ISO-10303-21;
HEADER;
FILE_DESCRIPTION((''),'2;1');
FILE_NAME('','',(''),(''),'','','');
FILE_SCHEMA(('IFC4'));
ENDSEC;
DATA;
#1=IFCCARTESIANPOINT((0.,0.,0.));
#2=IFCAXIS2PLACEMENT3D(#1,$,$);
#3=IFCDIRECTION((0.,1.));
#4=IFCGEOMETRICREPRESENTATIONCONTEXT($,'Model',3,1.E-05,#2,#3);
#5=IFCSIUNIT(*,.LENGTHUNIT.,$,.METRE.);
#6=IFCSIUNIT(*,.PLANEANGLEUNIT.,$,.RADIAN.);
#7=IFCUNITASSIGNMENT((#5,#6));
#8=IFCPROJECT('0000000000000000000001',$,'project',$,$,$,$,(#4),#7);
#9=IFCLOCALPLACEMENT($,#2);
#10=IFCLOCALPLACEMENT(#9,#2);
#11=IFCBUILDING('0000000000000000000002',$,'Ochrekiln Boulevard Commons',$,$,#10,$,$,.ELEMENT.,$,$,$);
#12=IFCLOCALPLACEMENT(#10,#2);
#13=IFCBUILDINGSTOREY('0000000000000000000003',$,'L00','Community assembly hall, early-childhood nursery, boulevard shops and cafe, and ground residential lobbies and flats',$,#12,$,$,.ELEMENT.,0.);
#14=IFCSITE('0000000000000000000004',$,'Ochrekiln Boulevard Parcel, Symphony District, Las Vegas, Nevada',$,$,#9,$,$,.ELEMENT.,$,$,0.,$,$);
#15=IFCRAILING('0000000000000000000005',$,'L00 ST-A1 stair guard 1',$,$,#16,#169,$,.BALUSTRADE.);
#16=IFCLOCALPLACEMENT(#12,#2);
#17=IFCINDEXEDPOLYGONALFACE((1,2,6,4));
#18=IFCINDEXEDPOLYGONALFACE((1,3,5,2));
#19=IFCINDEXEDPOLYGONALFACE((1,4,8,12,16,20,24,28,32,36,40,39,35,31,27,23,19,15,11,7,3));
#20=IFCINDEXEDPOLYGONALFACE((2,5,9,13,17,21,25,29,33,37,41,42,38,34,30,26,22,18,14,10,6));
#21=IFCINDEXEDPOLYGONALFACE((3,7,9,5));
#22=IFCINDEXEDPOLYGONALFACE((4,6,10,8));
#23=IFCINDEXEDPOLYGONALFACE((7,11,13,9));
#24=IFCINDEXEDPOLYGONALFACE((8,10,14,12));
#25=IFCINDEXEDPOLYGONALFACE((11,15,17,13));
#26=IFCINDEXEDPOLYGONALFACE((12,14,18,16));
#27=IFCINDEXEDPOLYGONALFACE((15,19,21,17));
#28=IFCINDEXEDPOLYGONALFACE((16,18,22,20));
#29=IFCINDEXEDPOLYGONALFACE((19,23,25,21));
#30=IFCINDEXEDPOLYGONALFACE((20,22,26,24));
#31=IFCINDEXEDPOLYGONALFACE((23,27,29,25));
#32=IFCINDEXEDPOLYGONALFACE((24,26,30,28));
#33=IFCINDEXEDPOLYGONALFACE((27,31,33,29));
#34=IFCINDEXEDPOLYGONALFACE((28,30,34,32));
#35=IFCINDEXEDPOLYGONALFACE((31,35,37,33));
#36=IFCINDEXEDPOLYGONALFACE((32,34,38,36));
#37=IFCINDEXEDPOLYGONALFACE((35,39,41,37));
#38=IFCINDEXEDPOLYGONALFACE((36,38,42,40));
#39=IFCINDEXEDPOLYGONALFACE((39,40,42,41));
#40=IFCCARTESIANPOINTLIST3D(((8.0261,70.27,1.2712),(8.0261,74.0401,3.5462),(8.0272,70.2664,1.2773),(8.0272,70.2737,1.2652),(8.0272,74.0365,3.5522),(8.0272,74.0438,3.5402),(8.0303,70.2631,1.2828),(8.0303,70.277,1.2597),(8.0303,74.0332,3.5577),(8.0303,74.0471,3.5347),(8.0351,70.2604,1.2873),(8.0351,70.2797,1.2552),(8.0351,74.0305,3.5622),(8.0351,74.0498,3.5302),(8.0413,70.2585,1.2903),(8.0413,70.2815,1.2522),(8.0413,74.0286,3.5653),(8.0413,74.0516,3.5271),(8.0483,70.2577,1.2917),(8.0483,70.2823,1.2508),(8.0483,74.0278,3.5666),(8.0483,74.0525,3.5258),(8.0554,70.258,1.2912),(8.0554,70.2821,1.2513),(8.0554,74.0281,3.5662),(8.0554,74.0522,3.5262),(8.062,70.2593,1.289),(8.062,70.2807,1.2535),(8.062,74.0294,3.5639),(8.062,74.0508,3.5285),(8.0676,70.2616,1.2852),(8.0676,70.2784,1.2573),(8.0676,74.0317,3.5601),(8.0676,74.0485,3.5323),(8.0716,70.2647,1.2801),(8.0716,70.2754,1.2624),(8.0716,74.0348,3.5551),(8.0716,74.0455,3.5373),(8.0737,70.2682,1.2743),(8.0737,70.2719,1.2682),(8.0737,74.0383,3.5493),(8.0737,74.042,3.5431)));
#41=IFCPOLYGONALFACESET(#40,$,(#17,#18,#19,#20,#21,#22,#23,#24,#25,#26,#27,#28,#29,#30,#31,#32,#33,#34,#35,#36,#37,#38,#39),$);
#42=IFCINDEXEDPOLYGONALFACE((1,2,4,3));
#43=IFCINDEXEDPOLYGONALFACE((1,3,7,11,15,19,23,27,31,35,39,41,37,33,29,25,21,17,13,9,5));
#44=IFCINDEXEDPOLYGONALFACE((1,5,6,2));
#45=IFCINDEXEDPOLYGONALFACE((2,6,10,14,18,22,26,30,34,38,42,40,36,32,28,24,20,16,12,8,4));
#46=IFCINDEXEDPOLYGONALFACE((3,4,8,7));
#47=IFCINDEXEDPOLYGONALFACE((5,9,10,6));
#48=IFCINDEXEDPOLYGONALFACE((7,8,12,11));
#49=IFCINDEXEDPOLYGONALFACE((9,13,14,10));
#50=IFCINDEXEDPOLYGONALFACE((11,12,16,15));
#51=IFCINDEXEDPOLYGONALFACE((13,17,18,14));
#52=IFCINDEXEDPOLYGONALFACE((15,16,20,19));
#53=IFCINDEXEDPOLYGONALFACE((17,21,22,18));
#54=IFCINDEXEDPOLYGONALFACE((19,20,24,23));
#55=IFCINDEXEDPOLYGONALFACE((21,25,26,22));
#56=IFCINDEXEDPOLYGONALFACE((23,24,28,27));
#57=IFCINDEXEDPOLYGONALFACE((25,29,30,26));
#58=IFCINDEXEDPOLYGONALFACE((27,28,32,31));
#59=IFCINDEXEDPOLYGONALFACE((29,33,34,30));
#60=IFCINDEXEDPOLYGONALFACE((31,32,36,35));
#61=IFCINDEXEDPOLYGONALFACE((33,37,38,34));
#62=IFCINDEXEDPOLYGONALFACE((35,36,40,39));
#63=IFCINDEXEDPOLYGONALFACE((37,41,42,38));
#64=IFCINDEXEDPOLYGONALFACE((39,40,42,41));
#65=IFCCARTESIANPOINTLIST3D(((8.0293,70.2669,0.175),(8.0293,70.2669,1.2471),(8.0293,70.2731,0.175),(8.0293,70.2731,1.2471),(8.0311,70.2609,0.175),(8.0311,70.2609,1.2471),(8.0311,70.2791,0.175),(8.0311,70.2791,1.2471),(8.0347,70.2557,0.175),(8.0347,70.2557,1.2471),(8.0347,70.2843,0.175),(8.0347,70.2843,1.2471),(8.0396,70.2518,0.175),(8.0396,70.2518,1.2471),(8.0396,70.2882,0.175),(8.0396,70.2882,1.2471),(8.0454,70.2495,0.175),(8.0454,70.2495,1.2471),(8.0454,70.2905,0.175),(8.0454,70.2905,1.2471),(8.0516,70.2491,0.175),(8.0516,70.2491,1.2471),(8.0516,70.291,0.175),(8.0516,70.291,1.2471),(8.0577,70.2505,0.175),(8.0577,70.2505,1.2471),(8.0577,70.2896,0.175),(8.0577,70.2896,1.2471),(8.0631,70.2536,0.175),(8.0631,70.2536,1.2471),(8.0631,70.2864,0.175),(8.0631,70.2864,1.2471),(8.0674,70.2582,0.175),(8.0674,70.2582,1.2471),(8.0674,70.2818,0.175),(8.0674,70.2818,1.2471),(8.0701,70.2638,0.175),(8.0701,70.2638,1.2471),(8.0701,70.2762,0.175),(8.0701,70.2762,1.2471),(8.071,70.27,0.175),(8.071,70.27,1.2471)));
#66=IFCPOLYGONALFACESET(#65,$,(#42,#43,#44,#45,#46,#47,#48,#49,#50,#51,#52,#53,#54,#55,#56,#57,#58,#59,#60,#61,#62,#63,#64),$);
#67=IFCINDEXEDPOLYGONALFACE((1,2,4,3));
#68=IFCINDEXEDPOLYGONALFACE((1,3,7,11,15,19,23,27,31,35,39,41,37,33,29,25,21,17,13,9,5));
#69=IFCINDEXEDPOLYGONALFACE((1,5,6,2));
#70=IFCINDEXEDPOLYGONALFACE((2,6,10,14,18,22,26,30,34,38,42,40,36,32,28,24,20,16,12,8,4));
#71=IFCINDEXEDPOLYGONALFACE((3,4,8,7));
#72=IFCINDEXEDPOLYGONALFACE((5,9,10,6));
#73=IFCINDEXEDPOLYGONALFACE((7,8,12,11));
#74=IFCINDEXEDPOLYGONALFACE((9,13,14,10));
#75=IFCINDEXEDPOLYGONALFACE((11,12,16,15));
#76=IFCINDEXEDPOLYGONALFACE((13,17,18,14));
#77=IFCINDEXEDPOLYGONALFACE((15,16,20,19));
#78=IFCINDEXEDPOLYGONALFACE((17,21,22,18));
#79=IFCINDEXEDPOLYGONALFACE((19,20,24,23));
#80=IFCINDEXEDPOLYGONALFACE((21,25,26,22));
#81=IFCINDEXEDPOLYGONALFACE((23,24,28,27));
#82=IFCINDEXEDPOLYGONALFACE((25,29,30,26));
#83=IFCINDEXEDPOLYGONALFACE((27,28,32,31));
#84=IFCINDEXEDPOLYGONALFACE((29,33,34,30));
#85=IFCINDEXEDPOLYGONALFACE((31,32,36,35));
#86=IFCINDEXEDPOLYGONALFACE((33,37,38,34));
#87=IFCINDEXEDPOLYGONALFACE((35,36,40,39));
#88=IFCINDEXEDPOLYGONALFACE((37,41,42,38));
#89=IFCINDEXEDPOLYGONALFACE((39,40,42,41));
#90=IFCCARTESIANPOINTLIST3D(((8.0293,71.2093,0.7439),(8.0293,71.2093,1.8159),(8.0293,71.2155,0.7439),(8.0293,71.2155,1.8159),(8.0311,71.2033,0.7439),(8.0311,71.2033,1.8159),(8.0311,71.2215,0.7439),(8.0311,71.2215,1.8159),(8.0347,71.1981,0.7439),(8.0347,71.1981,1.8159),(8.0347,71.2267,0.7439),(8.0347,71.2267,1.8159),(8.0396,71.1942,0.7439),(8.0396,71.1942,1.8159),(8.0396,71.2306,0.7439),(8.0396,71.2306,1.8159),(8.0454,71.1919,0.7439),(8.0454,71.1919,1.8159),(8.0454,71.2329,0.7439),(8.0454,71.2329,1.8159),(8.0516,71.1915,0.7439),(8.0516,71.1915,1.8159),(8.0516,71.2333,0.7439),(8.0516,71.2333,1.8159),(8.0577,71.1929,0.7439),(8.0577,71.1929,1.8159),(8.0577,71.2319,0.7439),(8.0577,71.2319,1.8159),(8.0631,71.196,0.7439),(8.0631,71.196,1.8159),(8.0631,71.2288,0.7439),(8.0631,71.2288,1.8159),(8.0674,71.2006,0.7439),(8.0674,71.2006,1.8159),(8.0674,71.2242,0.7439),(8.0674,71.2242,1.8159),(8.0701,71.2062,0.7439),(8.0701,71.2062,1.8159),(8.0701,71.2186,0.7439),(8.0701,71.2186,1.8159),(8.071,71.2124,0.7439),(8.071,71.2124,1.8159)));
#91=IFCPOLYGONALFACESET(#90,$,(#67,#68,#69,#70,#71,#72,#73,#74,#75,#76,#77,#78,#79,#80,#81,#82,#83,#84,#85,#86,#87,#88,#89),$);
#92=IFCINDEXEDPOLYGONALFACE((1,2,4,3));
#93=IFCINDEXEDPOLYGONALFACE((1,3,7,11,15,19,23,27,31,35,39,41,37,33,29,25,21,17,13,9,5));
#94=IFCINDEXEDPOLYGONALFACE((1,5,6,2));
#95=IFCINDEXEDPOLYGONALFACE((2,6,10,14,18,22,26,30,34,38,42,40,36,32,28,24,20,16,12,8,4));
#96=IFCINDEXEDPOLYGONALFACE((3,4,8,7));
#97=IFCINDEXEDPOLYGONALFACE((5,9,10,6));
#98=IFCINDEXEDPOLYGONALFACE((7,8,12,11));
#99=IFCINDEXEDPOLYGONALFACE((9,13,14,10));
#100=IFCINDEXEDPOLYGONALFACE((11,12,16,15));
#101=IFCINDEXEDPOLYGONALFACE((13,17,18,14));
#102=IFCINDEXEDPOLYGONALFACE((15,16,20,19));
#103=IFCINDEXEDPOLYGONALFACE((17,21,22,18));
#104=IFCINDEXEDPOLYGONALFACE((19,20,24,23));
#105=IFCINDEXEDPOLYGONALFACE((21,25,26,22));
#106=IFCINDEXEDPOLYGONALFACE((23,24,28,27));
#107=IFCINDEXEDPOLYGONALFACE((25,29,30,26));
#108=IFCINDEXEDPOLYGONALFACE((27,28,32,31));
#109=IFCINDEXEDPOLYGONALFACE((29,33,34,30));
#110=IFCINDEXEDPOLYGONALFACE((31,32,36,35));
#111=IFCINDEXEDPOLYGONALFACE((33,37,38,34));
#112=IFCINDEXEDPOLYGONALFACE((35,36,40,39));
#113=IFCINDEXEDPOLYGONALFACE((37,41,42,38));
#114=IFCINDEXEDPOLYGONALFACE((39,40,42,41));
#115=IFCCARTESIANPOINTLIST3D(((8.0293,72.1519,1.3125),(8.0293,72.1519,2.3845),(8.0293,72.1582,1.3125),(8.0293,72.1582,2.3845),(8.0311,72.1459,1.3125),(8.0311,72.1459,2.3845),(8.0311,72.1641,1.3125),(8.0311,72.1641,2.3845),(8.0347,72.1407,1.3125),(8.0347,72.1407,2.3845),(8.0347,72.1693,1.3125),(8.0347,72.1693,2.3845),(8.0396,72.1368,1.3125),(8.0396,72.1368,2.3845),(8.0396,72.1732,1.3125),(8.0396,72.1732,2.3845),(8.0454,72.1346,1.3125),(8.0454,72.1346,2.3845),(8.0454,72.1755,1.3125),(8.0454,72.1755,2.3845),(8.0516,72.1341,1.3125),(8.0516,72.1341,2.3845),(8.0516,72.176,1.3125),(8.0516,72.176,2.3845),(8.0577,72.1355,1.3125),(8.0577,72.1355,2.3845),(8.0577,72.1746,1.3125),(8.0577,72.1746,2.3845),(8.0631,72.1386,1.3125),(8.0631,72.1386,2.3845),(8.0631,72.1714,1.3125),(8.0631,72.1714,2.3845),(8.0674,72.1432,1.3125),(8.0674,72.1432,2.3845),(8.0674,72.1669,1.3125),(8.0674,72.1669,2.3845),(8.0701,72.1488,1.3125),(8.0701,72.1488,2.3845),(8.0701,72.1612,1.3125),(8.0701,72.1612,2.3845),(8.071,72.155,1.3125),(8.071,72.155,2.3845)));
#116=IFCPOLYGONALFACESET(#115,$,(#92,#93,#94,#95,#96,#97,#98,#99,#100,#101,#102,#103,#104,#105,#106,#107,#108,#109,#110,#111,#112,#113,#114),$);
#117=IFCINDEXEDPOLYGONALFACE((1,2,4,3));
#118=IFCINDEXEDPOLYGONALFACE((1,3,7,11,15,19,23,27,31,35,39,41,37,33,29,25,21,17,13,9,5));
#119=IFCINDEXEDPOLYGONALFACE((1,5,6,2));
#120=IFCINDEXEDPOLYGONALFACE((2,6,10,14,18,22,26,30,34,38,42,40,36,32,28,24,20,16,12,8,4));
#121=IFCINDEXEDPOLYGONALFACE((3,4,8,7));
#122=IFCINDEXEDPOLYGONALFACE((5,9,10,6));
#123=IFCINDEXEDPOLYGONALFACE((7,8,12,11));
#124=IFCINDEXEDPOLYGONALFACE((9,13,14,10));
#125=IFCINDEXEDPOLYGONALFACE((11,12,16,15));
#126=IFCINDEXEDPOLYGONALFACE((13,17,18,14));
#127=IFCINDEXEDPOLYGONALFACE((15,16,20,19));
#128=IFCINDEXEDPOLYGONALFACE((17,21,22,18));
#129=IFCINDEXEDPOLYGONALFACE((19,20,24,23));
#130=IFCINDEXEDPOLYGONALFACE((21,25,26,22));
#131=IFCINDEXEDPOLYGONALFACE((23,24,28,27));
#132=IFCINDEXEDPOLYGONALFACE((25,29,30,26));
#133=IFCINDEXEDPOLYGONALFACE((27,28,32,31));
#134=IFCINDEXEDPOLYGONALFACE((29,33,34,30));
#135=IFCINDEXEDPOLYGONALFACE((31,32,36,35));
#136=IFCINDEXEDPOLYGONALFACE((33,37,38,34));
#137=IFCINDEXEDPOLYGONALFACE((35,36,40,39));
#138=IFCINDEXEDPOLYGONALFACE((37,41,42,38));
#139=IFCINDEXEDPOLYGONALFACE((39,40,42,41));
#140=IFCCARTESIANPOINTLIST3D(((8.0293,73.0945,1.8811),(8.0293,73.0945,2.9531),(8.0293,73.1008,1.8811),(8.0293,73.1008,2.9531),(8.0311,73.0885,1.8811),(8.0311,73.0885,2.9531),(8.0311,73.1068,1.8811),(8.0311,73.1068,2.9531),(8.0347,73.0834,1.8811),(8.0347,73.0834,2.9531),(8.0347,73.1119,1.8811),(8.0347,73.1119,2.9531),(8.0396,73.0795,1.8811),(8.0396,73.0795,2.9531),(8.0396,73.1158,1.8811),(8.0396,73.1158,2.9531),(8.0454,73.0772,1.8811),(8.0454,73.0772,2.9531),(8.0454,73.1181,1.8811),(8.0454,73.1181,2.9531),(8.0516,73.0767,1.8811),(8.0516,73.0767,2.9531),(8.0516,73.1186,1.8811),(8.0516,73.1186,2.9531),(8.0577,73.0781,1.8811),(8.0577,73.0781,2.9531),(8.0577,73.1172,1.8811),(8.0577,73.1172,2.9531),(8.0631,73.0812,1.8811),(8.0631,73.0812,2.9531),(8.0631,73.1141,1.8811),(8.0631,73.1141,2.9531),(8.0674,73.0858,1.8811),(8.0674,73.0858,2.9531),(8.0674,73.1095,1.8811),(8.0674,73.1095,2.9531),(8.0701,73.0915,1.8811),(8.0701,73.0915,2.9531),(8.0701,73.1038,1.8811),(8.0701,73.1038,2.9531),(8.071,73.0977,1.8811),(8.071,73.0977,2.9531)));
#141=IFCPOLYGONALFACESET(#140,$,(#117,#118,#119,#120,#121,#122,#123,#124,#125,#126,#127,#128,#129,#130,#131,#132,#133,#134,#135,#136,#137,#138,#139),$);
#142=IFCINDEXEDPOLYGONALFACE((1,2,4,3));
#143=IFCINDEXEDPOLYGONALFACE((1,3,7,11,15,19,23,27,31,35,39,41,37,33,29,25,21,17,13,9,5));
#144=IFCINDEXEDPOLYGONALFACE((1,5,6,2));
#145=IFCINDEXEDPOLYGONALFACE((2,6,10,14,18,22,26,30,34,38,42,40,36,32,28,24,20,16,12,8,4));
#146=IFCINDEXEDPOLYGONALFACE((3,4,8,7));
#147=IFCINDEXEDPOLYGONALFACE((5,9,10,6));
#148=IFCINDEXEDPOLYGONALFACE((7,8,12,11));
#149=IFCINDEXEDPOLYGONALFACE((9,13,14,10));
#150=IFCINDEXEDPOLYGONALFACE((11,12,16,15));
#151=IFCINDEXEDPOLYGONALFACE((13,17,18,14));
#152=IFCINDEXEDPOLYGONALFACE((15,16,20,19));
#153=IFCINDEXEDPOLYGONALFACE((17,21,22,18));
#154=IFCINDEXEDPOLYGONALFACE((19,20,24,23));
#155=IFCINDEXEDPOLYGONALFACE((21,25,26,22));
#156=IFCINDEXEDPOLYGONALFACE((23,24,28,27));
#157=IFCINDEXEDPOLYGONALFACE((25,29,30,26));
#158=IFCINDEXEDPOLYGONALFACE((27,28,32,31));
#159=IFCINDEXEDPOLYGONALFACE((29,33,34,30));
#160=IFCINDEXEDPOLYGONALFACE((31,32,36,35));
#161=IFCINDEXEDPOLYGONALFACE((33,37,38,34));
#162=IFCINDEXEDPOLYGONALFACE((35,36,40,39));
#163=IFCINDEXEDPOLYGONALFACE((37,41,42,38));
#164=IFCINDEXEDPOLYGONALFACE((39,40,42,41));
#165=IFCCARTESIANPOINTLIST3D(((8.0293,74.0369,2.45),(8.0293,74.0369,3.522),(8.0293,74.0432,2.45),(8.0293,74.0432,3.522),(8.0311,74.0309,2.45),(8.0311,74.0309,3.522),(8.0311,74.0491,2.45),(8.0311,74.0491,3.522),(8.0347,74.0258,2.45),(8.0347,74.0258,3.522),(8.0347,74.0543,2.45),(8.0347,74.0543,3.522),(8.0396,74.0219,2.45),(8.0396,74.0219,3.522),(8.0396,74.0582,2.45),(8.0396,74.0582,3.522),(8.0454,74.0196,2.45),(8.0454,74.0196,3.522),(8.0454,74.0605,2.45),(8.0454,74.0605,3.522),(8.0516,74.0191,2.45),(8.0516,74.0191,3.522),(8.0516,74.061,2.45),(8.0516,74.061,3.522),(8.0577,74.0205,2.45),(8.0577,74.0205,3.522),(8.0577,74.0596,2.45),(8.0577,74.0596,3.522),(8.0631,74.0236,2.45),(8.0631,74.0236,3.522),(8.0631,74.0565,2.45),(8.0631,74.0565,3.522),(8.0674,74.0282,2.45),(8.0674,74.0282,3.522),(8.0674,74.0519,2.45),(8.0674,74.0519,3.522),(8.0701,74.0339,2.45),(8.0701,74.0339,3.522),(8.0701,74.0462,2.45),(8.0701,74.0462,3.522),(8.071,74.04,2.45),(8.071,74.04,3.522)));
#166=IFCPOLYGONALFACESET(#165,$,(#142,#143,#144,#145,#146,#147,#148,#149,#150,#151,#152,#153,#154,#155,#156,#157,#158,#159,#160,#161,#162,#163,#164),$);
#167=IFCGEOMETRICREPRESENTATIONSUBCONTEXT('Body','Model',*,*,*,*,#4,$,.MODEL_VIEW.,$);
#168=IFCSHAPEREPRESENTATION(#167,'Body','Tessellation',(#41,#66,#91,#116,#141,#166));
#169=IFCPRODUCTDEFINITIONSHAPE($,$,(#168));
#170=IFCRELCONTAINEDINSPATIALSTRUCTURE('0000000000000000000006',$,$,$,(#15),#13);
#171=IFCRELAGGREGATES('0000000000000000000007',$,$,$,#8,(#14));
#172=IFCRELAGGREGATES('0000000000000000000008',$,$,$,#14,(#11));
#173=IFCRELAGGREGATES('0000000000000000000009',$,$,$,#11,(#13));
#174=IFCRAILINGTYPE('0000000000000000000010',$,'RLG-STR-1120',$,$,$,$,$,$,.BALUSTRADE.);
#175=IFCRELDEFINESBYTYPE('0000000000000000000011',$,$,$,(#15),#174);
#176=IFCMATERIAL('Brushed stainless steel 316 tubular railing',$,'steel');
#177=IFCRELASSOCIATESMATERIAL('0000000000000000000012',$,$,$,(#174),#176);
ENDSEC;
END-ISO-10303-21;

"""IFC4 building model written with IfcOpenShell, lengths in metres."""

from ifc_helpers import new_model, si_unit, direction, frame, origin, origin_2d, place, context, subcontext, project, spatial, circle, extrude, material, type_object, element, save


model = new_model("IFC4")

# Units and contexts
model_context = context("Model", 3, precision=1e-05, world=origin(), true_north=direction((0.0, 1.0)))
body_context = subcontext(model_context, "Body", "Model", "MODEL_VIEW")
ifc_project = project(units=[si_unit("LENGTHUNIT", "METRE"), si_unit("PLANEANGLEUNIT", "RADIAN")], contexts=[model_context])

# Site, building, storey
site_placement = place(None, origin())
site = spatial("IfcSite", under=ifc_project, at=site_placement, Name="Ochrekiln Boulevard Parcel, Symphony District, Las Vegas, Nevada", CompositionType="ELEMENT", RefElevation=0.0)
building_placement = place(site_placement, origin())
building = spatial("IfcBuilding", under=site, at=building_placement, Name="Ochrekiln Boulevard Commons", CompositionType="ELEMENT")
storey_placement = place(building_placement, origin())
storey = spatial("IfcBuildingStorey", under=building, at=storey_placement, Name="L00", Description="Community assembly hall, early-childhood nursery, boulevard shops and cafe, and ground residential lobbies and flats", CompositionType="ELEMENT", Elevation=0.0)

# Railing
ifc_material_1 = material(Name="Brushed stainless steel 316 tubular railing", Category="steel")
railing_type_1 = type_object("IfcRailingType", Name="RLG-STR-1120", PredefinedType="BALUSTRADE", material=ifc_material_1)
railing_1_placement = place(storey_placement, frame((8.05, 70.27, 0.175)))
element("IfcRailing", 1, at=railing_1_placement, inside=storey, type_object=railing_type_1, Name="L00 ST-A1 stair guard 1", PredefinedType="BALUSTRADE", context=body_context, shape_type="SweptSolid", body=[
    extrude(circle(Radius=0.0239, at=origin_2d()), frame((0.0, 0.0, 1.0962), z_axis=(0.0, 0.856199, 0.516647), x_axis=(-1.0, 0.0, 0.0)), (0.0, 0.0, 1.0), 4.4033),
    extrude(circle(Radius=0.021, at=origin_2d()), origin(), (0.0, 0.0, 1.0), 1.072),
    extrude(circle(Radius=0.021, at=origin_2d()), frame((0.0, 0.9424, 0.5688)), (0.0, 0.0, 1.0), 1.072),
    extrude(circle(Radius=0.021, at=origin_2d()), frame((0.0, 1.885, 1.1375)), (0.0, 0.0, 1.0), 1.072),
    extrude(circle(Radius=0.021, at=origin_2d()), frame((0.0, 2.8276, 1.7061)), (0.0, 0.0, 1.0), 1.072),
    extrude(circle(Radius=0.021, at=origin_2d()), frame((0.0, 3.77, 2.2749)), (0.0, 0.0, 1.0), 1.072),
])

save(model, "model.ifc")
